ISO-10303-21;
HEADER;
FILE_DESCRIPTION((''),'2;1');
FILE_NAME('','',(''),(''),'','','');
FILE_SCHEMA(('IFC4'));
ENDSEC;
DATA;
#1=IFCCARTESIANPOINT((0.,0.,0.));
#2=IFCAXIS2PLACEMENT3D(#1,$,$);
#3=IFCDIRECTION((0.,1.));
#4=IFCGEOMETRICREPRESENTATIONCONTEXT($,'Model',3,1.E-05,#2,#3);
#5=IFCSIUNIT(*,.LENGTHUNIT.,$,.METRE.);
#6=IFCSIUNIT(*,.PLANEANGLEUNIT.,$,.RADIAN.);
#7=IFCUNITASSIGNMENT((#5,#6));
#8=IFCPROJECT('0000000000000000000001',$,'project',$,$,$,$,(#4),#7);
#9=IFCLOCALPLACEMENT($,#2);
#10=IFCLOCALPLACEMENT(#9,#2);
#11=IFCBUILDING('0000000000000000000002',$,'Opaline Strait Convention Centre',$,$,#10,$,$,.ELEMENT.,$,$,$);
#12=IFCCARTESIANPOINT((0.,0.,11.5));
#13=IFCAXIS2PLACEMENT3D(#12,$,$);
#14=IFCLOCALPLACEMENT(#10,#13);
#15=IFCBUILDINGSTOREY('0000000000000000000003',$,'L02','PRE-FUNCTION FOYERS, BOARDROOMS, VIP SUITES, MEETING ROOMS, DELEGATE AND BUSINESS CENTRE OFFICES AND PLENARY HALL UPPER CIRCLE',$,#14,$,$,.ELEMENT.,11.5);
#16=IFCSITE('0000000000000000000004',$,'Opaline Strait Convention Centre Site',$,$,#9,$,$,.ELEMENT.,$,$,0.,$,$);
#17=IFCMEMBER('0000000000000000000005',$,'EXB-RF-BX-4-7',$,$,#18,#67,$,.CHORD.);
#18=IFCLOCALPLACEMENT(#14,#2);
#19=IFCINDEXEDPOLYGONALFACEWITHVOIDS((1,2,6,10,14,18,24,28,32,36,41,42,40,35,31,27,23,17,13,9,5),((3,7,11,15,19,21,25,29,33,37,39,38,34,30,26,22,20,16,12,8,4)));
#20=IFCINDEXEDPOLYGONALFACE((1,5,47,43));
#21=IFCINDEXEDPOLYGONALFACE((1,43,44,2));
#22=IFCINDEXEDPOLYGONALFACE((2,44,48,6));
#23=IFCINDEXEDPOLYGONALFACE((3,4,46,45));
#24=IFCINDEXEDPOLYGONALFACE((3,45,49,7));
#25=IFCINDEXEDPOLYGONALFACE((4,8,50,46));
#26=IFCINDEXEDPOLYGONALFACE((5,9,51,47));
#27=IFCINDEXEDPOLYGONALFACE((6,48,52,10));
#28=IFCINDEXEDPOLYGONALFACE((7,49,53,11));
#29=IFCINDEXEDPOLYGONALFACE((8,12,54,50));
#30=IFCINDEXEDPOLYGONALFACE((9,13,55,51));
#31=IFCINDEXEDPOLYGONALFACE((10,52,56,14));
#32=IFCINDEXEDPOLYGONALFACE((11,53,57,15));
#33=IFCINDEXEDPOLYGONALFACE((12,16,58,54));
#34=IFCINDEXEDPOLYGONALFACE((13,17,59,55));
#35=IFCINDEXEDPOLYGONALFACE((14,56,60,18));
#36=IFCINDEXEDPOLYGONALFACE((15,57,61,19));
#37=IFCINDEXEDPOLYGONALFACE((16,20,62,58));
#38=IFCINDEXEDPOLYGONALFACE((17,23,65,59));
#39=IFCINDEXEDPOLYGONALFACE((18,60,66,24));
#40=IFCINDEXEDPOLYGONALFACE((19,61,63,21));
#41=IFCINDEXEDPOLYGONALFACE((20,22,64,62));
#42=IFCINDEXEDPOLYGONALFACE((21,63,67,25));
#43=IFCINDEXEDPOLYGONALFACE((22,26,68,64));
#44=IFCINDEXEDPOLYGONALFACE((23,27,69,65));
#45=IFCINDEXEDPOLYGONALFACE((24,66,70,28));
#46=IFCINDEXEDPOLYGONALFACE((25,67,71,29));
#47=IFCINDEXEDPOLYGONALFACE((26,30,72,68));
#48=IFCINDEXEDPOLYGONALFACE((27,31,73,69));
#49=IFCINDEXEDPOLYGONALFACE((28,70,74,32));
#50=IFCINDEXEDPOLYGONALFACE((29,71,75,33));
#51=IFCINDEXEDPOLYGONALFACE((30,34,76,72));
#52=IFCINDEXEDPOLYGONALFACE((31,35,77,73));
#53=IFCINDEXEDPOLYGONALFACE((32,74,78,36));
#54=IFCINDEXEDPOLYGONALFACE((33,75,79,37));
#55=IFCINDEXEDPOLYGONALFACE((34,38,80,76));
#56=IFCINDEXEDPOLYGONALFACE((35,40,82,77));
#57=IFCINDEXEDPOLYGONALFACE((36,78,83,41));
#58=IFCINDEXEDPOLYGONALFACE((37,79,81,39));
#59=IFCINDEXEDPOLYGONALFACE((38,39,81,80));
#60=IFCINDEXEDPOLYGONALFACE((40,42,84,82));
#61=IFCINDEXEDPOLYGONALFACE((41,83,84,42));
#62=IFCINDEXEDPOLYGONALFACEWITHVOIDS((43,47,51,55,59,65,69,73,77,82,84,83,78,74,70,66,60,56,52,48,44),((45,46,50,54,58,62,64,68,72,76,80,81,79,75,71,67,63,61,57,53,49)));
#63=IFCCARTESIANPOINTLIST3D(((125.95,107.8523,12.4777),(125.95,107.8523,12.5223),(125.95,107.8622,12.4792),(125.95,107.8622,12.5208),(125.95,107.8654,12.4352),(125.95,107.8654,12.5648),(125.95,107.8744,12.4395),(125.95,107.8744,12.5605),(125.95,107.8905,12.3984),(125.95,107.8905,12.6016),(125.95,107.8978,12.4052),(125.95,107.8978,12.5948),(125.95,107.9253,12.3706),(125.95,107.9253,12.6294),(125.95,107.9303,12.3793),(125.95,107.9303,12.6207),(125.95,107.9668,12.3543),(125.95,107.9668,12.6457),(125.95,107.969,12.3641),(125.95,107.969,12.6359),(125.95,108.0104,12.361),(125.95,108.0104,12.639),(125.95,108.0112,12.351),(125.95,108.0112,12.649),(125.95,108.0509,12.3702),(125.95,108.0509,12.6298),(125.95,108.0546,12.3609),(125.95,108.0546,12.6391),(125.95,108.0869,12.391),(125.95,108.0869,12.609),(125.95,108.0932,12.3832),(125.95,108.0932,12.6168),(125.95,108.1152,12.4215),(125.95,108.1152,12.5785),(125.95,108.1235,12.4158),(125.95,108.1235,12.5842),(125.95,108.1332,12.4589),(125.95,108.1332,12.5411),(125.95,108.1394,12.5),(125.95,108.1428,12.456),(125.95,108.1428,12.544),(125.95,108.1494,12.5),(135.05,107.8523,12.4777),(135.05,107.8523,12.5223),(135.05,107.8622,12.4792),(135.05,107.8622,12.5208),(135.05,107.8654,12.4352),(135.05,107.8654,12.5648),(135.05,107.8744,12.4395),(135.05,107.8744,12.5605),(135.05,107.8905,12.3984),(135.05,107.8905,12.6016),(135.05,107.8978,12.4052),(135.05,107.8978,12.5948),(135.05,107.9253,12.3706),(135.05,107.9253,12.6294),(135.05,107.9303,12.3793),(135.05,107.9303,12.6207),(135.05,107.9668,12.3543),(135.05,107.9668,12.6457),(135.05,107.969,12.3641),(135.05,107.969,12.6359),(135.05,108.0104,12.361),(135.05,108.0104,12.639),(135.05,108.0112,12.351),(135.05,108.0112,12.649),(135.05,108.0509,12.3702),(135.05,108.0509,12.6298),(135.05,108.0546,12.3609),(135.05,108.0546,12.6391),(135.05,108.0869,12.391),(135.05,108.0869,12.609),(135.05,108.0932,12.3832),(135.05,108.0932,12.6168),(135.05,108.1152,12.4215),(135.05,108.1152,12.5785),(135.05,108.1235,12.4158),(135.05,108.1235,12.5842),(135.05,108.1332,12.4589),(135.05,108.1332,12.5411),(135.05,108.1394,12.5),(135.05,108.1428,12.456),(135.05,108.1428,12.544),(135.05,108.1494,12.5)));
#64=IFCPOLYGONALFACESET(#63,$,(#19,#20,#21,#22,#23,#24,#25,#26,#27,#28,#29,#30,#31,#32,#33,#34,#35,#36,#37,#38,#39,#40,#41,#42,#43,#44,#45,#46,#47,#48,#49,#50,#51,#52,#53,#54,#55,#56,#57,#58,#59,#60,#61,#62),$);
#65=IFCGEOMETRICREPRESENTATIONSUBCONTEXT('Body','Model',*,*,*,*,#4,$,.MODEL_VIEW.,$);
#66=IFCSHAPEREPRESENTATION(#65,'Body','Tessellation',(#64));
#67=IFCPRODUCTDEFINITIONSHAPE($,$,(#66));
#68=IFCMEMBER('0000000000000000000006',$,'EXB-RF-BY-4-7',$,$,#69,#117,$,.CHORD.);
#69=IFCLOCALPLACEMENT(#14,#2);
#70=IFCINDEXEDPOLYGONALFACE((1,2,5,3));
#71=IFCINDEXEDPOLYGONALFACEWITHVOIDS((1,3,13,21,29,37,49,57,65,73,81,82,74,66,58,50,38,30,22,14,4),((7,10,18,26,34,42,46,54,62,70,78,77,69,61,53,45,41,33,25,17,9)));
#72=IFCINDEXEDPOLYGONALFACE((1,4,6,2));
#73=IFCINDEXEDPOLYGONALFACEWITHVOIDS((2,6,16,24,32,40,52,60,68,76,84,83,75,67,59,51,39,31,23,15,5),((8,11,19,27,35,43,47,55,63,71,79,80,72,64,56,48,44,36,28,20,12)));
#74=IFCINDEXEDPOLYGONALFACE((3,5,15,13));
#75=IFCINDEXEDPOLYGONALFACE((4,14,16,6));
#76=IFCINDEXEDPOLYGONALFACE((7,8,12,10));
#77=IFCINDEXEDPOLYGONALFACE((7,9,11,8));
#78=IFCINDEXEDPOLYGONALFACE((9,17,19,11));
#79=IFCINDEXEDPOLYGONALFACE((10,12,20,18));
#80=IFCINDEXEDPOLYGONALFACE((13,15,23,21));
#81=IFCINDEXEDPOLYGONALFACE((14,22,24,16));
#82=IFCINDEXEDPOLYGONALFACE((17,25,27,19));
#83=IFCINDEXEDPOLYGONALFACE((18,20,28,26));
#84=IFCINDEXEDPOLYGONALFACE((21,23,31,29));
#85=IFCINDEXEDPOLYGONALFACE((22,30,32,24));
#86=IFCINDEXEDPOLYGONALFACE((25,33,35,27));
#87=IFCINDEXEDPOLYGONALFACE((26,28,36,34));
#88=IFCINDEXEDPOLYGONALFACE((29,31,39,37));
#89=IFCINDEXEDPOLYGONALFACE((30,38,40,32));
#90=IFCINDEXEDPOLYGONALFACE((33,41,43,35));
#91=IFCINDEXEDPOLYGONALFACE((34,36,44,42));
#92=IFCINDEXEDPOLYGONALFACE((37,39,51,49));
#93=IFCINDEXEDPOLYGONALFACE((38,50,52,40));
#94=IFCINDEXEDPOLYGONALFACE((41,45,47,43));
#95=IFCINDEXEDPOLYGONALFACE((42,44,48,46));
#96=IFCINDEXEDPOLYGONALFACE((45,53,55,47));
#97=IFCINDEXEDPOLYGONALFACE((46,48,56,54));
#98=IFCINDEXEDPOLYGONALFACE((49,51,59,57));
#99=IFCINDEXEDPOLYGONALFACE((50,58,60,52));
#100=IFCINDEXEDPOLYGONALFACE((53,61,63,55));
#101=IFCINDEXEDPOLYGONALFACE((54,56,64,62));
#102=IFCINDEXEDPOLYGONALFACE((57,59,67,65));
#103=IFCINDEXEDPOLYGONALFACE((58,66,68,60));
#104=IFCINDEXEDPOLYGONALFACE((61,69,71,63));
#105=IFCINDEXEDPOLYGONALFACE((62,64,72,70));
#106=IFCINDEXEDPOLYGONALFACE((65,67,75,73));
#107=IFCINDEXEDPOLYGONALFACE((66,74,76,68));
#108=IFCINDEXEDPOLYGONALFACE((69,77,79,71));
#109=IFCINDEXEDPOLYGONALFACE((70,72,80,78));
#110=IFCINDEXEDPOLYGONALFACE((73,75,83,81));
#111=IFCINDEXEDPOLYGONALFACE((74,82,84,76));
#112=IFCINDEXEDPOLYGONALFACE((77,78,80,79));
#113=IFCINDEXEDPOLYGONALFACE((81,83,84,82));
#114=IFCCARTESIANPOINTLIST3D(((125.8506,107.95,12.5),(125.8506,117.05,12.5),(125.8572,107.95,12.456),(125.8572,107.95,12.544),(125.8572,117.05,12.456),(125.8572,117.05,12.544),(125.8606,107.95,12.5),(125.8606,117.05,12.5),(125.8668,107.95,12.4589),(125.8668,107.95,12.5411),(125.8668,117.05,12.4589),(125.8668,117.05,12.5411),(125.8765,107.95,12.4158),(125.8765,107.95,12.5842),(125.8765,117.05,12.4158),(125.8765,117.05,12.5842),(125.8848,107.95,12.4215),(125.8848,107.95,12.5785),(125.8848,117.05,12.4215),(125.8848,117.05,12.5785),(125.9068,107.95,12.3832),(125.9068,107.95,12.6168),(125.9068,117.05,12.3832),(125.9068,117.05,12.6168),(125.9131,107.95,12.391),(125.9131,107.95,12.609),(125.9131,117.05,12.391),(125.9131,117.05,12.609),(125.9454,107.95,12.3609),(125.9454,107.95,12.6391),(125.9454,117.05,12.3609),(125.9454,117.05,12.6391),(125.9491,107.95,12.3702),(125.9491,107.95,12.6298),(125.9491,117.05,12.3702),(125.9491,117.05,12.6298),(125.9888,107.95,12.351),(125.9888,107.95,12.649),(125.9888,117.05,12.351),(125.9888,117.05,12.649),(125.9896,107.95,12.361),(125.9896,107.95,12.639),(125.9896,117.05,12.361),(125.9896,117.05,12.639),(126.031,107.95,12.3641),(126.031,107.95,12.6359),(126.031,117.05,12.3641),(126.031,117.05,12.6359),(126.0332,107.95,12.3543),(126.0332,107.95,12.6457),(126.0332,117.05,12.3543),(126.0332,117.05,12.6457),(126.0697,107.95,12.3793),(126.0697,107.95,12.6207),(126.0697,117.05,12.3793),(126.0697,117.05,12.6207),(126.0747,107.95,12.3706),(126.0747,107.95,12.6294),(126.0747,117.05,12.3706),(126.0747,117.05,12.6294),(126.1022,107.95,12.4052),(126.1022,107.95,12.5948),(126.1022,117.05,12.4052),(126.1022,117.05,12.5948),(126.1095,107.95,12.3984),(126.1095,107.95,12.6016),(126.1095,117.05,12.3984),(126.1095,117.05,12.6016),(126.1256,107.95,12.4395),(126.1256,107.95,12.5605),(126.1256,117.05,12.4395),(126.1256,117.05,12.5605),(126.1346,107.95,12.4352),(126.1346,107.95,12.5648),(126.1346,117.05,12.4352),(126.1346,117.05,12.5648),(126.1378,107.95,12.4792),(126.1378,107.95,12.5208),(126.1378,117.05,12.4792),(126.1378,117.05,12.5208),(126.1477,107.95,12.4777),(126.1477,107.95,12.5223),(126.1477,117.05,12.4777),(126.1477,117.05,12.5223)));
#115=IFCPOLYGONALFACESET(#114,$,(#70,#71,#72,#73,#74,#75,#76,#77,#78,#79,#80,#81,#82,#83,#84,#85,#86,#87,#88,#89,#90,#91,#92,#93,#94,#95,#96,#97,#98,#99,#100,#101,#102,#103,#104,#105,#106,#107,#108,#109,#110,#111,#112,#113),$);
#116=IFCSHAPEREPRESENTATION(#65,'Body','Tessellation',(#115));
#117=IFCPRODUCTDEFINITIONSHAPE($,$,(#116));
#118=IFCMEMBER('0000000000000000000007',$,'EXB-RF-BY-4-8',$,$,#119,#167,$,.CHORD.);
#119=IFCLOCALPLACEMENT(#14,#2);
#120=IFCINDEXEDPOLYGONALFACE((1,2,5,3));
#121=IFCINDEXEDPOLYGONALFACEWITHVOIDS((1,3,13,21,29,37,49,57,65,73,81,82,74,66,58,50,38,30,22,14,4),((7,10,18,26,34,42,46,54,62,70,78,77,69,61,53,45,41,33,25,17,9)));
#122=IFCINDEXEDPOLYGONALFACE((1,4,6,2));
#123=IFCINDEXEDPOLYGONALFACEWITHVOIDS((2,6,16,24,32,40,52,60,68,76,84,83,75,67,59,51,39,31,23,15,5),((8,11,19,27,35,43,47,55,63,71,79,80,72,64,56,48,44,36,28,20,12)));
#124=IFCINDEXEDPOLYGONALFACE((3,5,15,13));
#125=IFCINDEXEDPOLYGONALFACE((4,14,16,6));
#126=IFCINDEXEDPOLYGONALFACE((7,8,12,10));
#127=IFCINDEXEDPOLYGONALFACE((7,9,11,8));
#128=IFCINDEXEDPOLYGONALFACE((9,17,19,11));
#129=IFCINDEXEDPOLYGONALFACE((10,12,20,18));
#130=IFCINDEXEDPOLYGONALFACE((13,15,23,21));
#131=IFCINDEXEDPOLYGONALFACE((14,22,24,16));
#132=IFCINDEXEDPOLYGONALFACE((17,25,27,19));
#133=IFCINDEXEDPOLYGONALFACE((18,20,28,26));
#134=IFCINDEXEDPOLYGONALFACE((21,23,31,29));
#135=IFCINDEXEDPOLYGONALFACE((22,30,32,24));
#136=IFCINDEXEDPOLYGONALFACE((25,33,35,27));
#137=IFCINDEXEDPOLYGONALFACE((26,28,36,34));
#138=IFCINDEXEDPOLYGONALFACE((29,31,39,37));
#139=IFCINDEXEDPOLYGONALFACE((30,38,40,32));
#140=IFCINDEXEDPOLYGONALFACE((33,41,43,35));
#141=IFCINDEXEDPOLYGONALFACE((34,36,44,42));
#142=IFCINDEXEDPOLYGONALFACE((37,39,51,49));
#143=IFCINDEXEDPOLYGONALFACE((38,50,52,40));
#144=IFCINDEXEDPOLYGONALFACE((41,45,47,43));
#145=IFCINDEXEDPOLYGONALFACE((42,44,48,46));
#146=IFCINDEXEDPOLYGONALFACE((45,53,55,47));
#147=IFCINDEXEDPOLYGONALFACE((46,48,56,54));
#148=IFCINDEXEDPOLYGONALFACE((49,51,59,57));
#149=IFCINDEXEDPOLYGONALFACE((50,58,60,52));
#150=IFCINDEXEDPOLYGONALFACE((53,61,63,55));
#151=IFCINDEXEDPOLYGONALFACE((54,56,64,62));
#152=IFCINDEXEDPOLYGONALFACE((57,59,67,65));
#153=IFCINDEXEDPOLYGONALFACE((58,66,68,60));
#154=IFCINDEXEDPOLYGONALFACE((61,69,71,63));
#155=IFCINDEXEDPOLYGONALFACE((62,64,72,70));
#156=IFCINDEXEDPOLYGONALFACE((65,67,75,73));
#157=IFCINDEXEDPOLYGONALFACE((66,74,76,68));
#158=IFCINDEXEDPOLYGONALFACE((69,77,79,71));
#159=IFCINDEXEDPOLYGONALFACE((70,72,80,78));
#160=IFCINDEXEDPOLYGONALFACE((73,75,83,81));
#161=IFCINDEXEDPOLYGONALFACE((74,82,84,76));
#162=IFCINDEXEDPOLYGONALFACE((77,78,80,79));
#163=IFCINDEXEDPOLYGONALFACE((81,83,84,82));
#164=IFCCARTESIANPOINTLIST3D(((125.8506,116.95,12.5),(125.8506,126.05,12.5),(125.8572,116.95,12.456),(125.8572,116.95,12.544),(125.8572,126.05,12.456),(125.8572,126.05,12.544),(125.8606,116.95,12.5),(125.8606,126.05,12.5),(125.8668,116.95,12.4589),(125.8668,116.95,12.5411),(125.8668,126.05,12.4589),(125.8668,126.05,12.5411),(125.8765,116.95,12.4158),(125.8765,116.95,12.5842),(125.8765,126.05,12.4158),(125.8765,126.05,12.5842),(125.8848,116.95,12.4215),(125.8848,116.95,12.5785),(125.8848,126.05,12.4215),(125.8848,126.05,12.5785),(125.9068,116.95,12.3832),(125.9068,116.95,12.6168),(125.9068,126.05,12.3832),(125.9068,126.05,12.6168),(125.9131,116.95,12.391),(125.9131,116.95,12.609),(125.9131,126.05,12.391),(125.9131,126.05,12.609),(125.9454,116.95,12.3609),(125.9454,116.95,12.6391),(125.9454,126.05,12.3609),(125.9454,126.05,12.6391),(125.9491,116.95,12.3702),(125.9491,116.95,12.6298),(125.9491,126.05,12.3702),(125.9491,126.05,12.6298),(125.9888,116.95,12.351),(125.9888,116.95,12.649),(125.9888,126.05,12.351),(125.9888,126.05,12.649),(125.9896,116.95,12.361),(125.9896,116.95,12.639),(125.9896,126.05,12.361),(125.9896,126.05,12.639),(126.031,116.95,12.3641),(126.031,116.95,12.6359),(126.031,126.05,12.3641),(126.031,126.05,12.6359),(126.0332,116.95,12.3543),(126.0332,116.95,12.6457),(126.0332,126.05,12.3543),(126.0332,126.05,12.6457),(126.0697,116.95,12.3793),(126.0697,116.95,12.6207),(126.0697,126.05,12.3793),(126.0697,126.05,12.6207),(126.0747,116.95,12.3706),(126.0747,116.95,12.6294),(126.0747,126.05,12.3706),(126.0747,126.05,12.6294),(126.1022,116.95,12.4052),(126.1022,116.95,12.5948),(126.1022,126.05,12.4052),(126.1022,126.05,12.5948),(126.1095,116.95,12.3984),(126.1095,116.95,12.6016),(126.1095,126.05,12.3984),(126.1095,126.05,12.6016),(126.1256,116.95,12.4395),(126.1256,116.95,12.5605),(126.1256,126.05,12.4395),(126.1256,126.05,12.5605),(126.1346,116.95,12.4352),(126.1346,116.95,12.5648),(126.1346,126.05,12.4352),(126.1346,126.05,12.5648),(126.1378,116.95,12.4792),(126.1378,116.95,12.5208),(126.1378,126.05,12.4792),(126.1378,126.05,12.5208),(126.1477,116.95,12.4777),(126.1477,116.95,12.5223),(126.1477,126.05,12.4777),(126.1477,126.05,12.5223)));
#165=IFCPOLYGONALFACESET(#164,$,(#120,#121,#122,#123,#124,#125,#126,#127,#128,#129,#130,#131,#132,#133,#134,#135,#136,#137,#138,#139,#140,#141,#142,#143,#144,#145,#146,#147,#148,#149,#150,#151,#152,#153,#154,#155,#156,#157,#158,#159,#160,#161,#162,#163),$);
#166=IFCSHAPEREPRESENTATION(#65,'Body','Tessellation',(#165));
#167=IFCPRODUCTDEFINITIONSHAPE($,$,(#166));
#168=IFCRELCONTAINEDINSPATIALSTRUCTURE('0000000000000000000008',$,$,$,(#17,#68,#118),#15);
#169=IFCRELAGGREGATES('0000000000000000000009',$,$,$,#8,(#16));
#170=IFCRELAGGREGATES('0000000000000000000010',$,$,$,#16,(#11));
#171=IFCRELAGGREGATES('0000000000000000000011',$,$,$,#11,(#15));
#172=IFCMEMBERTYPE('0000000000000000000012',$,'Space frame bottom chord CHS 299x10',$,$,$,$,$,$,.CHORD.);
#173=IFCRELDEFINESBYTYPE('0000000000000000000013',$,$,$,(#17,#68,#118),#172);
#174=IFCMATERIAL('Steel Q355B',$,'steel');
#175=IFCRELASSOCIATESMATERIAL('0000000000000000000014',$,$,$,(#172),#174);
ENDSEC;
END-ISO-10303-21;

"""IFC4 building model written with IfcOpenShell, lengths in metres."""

from ifc_helpers import new_model, si_unit, direction, frame, origin, origin_2d, place, context, subcontext, project, spatial, hollow_circle, extrude, material, material_profile, profile_set, type_object, element, save


model = new_model("IFC4")

# Units and contexts
model_context = context("Model", 3, precision=1e-05, world=origin(), true_north=direction((0.0, 1.0)))
body_context = subcontext(model_context, "Body", "Model", "MODEL_VIEW")
ifc_project = project(units=[si_unit("LENGTHUNIT", "METRE"), si_unit("PLANEANGLEUNIT", "RADIAN")], contexts=[model_context])

# Site, building, storey
site_placement = place(None, origin())
site = spatial("IfcSite", under=ifc_project, at=site_placement, Name="Opaline Strait Convention Centre Site", CompositionType="ELEMENT", RefElevation=0.0)
building_placement = place(site_placement, origin())
building = spatial("IfcBuilding", under=site, at=building_placement, Name="Opaline Strait Convention Centre", CompositionType="ELEMENT")
storey_placement = place(building_placement, frame((0.0, 0.0, 11.5)))
storey = spatial("IfcBuildingStorey", under=building, at=storey_placement, Name="L02", Description="PRE-FUNCTION FOYERS, BOARDROOMS, VIP SUITES, MEETING ROOMS, DELEGATE AND BUSINESS CENTRE OFFICES AND PLENARY HALL UPPER CIRCLE", CompositionType="ELEMENT", Elevation=11.5)

# Members
ifc_material = material(Name="Steel Q355B", Category="steel")
ifc_material_profile_1 = material_profile(ifc_material, hollow_circle(Radius=0.1494, WallThickness=0.01, at=origin_2d()), Name="CHS 299x10")
ifc_profile_set_1 = profile_set([ifc_material_profile_1], Name="Steel Q355B")
member_type_1 = type_object("IfcMemberType", Name="Space frame bottom chord CHS 299x10", PredefinedType="CHORD", material=ifc_profile_set_1)
for number, where, z_axis, x_axis, name in (
    (1, (125.95, 108.0, 12.5), (1.0, 0.0, 0.0), (0.0, 1.0, 0.0), "EXB-RF-BX-4-7"),
    (2, (126.0, 107.95, 12.5), (0.0, 1.0, 0.0), (-1.0, 0.0, 0.0), "EXB-RF-BY-4-7"),
    (3, (126.0, 116.95, 12.5), (0.0, 1.0, 0.0), (-1.0, 0.0, 0.0), "EXB-RF-BY-4-8"),
):
    element("IfcMember", number, at=place(storey_placement, frame(where, z_axis=z_axis, x_axis=x_axis)), inside=storey, type_object=member_type_1, Name=name, PredefinedType="CHORD", context=body_context, shape_type="SweptSolid", body=[
        extrude(hollow_circle(Radius=0.1494, WallThickness=0.01, at=origin_2d()), origin(), (0.0, 0.0, 1.0), 9.1001),
    ])

save(model, "model.ifc")
